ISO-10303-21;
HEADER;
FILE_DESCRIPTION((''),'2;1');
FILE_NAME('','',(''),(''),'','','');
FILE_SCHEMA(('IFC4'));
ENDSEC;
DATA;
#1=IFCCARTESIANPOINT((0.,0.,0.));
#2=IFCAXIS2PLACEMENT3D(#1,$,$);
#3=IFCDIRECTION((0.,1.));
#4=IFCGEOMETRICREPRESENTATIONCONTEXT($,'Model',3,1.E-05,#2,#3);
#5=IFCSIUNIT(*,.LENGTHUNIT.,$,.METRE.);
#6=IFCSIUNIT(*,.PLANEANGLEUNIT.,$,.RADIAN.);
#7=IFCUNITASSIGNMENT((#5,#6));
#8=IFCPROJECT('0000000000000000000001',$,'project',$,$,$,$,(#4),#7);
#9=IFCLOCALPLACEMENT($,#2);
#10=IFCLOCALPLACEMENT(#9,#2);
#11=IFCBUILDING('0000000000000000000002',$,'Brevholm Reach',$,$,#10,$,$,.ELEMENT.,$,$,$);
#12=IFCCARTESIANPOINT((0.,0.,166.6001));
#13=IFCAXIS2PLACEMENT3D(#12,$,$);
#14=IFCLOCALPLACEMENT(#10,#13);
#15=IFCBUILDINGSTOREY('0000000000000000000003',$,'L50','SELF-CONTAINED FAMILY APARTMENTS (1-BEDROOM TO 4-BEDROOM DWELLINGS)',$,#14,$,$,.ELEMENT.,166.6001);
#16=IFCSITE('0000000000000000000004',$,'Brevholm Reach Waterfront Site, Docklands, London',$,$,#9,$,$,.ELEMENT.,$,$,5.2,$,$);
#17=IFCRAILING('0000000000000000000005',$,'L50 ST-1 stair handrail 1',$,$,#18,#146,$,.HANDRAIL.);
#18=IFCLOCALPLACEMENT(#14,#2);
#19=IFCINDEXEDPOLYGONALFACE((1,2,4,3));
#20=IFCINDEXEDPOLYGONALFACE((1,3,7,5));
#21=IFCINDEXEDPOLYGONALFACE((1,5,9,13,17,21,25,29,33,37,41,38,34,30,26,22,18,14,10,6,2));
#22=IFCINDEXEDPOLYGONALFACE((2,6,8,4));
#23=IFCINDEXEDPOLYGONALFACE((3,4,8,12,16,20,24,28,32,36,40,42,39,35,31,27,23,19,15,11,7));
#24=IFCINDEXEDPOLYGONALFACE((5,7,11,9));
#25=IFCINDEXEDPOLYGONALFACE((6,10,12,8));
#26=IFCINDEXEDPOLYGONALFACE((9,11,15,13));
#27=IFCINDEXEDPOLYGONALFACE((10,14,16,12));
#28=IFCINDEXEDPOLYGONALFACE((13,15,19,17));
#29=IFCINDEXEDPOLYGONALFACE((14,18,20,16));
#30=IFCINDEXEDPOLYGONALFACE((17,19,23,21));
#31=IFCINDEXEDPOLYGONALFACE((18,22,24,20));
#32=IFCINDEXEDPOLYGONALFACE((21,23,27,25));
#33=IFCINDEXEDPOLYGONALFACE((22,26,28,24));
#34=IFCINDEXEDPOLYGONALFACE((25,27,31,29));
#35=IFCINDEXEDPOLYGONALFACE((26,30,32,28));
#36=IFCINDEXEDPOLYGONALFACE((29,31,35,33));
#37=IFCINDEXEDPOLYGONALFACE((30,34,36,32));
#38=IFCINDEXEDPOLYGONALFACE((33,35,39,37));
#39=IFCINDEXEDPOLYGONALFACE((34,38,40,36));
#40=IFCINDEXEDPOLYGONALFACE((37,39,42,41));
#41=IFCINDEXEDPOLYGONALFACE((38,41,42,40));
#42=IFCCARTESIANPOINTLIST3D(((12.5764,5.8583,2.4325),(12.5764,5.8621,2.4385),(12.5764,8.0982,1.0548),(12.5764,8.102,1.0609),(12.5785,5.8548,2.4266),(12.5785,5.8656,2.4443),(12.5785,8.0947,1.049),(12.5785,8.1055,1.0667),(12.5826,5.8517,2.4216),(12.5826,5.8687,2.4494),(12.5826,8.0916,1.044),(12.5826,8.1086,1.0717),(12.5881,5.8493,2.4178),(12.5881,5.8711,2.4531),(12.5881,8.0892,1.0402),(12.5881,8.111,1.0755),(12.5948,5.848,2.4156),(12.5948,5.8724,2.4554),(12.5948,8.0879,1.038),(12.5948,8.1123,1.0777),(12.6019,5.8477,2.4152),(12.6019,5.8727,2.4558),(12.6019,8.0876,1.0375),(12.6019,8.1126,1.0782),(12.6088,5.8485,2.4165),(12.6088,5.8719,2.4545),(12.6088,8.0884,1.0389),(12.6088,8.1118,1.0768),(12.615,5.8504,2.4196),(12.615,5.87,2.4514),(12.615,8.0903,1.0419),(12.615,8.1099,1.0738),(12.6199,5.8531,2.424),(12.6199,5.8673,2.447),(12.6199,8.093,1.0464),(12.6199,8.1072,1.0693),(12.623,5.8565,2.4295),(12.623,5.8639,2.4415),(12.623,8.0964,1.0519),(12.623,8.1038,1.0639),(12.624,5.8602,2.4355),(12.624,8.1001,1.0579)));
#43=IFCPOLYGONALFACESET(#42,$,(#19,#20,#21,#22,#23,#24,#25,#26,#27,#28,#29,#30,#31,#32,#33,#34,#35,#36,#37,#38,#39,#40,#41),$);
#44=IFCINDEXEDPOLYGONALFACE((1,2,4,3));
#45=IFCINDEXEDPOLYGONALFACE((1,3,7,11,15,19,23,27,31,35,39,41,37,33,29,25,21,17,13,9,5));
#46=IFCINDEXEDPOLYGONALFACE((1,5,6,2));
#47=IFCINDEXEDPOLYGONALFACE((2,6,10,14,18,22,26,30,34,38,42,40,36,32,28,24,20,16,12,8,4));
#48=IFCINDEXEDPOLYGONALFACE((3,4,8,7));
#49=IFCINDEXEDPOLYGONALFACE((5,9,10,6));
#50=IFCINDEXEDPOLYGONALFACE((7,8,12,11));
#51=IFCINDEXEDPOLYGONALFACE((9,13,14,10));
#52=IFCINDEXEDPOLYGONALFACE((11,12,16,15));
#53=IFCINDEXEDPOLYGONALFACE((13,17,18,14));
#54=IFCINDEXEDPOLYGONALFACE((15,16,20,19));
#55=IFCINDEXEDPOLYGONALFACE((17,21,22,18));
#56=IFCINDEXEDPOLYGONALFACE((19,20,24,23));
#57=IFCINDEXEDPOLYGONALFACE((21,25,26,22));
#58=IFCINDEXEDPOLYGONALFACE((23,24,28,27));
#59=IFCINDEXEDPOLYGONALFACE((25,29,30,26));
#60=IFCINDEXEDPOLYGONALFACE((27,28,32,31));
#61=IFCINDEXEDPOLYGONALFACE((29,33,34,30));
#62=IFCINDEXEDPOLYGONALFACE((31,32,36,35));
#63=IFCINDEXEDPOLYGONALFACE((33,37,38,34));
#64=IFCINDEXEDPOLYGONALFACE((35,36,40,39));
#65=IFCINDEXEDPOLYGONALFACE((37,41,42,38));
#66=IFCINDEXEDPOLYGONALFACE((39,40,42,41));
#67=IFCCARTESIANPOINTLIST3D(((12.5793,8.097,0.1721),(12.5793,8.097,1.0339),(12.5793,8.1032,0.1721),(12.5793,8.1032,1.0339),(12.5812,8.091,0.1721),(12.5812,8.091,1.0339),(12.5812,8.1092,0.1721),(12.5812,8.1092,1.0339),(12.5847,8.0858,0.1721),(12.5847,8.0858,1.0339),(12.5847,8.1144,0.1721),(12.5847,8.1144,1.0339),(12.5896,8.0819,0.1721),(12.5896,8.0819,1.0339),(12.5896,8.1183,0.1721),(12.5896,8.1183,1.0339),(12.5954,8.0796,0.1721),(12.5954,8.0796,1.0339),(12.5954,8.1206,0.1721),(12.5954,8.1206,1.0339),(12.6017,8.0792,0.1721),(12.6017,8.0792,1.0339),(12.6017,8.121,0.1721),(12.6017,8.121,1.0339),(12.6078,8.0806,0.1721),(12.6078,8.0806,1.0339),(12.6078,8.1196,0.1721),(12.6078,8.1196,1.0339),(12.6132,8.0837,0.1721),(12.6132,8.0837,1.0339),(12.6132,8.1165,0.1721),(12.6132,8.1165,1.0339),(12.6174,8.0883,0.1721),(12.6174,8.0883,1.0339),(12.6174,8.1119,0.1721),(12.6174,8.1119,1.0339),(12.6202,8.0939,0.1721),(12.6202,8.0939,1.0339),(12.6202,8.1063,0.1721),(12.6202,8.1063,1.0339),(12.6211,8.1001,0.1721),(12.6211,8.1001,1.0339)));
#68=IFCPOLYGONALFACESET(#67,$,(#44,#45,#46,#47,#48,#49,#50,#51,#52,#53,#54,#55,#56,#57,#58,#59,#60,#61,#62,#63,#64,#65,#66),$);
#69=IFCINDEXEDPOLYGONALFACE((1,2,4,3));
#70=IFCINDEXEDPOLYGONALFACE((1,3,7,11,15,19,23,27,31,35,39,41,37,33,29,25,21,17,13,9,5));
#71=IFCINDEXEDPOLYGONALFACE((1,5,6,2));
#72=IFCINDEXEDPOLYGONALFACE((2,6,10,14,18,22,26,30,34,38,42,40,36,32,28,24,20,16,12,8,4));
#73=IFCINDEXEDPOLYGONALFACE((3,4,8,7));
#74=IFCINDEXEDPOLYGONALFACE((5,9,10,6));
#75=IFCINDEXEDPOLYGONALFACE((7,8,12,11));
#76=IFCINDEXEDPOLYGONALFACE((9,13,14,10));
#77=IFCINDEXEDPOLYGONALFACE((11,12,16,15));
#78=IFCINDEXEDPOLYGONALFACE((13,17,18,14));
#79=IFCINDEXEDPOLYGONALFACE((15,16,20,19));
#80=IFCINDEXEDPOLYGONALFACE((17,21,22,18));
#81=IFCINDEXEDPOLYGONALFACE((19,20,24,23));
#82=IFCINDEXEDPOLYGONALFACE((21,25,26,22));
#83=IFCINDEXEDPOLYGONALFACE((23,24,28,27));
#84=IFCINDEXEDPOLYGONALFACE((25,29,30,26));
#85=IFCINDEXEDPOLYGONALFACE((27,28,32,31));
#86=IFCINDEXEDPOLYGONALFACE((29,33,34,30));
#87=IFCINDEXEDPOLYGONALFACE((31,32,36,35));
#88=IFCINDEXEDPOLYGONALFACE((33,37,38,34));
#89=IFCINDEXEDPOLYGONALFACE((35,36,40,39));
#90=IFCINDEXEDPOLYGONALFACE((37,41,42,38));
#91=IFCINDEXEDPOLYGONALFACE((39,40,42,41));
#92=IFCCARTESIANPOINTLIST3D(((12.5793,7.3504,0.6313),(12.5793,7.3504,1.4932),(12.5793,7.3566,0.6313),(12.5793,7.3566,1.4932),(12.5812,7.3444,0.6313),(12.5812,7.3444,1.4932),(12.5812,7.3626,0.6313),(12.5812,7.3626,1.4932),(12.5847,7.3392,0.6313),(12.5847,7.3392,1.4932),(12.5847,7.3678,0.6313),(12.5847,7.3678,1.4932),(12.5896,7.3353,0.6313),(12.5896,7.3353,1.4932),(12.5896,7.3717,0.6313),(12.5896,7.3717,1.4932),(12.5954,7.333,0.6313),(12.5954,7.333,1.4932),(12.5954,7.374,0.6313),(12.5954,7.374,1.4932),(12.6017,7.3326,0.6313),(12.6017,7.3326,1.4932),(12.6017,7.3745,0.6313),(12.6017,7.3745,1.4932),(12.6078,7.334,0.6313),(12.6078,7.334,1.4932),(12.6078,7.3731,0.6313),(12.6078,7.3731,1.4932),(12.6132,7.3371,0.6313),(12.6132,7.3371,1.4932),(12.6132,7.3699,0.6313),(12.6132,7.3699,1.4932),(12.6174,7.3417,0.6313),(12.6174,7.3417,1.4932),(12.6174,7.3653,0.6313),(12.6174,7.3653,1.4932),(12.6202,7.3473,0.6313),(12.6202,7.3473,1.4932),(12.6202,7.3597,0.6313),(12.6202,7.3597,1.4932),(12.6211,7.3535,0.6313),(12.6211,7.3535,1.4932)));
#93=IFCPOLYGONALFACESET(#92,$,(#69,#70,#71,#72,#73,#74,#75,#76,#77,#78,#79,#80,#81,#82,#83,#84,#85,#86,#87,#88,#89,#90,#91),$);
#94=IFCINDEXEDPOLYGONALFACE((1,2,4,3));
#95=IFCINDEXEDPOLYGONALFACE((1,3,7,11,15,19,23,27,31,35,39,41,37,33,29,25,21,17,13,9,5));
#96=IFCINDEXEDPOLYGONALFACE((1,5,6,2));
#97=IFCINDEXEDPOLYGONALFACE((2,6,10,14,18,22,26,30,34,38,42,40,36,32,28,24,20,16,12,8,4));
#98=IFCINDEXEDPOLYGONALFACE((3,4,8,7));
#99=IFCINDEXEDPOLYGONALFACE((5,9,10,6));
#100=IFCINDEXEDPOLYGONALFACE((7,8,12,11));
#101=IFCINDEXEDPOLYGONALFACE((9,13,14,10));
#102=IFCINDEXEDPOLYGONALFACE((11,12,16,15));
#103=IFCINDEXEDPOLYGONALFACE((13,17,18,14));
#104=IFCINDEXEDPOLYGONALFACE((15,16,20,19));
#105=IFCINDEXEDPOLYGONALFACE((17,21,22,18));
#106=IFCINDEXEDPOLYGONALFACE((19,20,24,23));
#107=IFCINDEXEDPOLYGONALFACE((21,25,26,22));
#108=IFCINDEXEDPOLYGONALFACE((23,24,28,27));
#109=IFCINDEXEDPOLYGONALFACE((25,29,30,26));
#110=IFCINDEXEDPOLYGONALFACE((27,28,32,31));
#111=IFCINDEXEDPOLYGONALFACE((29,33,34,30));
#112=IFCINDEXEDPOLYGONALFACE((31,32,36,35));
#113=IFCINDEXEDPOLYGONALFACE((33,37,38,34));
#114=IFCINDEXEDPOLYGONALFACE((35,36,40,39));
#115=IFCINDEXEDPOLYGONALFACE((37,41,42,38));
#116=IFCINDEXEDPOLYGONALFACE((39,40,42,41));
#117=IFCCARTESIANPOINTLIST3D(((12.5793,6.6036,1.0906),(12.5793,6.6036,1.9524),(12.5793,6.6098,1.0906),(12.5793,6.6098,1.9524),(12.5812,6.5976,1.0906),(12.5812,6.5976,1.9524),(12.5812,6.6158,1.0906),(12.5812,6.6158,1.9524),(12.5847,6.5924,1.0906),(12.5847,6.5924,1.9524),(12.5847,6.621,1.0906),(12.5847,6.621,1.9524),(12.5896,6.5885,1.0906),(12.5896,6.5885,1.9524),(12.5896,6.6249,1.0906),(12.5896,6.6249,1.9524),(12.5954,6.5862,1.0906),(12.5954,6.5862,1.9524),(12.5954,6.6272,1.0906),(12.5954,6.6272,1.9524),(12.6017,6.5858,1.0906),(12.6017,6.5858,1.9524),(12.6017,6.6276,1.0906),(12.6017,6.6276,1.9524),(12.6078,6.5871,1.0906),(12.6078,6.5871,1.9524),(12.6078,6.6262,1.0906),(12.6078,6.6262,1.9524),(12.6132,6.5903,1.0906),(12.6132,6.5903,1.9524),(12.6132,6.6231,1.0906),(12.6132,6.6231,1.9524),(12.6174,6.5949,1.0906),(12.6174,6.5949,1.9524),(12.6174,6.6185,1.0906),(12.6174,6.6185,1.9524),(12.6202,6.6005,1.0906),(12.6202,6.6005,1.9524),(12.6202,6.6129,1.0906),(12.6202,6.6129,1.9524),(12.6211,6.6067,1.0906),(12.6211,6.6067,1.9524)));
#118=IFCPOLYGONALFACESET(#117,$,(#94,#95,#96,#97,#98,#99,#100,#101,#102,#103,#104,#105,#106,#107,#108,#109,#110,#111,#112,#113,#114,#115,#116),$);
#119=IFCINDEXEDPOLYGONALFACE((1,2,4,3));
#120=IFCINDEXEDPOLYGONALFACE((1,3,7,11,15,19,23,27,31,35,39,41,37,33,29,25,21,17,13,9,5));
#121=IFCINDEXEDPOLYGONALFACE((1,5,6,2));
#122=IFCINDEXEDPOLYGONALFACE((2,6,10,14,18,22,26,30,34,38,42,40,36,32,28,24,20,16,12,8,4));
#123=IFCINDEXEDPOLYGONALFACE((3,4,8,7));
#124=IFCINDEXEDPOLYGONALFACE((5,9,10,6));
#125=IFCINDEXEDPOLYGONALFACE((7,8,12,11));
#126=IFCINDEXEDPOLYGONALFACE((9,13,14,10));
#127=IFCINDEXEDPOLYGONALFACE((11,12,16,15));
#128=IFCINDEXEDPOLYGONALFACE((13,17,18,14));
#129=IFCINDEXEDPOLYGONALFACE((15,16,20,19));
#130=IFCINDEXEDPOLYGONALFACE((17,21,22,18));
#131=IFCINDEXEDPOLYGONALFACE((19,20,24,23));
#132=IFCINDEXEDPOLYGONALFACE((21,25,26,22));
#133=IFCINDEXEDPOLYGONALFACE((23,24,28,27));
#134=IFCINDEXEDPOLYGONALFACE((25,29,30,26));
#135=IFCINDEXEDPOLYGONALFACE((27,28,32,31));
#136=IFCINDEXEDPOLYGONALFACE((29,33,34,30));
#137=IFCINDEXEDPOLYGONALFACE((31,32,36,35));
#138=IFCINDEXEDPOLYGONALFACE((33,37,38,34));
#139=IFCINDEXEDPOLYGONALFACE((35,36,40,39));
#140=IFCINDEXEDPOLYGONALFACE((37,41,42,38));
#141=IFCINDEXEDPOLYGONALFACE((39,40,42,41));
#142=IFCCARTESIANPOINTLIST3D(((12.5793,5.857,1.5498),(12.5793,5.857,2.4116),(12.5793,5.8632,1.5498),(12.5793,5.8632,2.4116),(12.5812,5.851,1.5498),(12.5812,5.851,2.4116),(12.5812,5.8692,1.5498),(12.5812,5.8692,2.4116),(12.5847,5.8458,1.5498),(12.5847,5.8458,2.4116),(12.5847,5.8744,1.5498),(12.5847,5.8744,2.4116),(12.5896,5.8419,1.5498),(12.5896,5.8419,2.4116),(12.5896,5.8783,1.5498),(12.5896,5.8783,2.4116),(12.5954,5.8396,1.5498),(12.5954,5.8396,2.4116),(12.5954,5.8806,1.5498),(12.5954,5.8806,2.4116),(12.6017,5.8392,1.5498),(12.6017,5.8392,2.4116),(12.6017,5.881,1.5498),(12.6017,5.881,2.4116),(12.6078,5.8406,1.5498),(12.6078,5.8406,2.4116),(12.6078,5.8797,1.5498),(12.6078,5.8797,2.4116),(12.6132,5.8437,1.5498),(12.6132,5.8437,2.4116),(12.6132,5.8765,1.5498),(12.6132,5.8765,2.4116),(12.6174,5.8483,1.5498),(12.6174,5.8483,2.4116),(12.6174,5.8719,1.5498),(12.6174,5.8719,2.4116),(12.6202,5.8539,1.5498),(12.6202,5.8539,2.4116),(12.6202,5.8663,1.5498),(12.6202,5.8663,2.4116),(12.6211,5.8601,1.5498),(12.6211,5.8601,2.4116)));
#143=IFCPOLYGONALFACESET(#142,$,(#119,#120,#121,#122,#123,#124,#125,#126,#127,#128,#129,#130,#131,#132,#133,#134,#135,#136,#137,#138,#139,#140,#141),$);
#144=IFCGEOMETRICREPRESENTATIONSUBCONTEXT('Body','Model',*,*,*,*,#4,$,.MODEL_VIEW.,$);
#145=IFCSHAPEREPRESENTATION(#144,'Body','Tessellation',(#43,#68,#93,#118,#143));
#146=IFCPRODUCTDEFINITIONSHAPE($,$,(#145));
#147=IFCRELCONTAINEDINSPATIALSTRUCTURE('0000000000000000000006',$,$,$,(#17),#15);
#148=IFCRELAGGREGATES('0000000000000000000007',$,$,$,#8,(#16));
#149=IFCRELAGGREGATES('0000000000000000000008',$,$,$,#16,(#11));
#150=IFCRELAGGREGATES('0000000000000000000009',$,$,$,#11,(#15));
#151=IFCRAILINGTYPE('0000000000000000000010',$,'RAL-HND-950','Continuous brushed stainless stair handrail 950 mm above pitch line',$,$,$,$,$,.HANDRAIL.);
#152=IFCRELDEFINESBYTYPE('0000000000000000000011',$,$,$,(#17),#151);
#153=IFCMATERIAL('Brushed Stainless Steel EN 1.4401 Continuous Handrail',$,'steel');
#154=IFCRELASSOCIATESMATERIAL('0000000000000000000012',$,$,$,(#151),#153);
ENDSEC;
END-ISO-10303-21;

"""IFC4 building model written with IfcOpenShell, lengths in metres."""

from ifc_helpers import new_model, si_unit, direction, frame, origin, origin_2d, place, context, subcontext, project, spatial, circle, extrude, material, type_object, element, save


model = new_model("IFC4")

# Units and contexts
model_context = context("Model", 3, precision=1e-05, world=origin(), true_north=direction((0.0, 1.0)))
body_context = subcontext(model_context, "Body", "Model", "MODEL_VIEW")
ifc_project = project(units=[si_unit("LENGTHUNIT", "METRE"), si_unit("PLANEANGLEUNIT", "RADIAN")], contexts=[model_context])

# Site, building, storey
site_placement = place(None, origin())
site = spatial("IfcSite", under=ifc_project, at=site_placement, Name="Brevholm Reach Waterfront Site, Docklands, London", CompositionType="ELEMENT", RefElevation=5.2)
building_placement = place(site_placement, origin())
building = spatial("IfcBuilding", under=site, at=building_placement, Name="Brevholm Reach", CompositionType="ELEMENT")
storey_placement = place(building_placement, frame((0.0, 0.0, 166.6001)))
storey = spatial("IfcBuildingStorey", under=building, at=storey_placement, Name="L50", Description="SELF-CONTAINED FAMILY APARTMENTS (1-BEDROOM TO 4-BEDROOM DWELLINGS)", CompositionType="ELEMENT", Elevation=166.6001)

# Railing
ifc_material_1 = material(Name="Brushed Stainless Steel EN 1.4401 Continuous Handrail", Category="steel")
railing_type_1 = type_object("IfcRailingType", Name="RAL-HND-950", Description="Continuous brushed stainless stair handrail 950 mm above pitch line", PredefinedType="HANDRAIL", material=ifc_material_1)
railing_1_placement = place(storey_placement, frame((12.6001, 8.1001, 0.1721)))
element("IfcRailing", 1, at=railing_1_placement, inside=storey, type_object=railing_type_1, Name="L50 ST-1 stair handrail 1", PredefinedType="HANDRAIL", context=body_context, shape_type="SweptSolid", body=[
    extrude(circle(Radius=0.0239, at=origin_2d()), frame((0.0, 0.0, 0.8857), z_axis=(0.0, -0.851789, 0.523885), x_axis=(1.0, 0.0, 0.0)), (0.0, 0.0, 1.0), 2.6296),
    extrude(circle(Radius=0.021, at=origin_2d()), origin(), (0.0, 0.0, 1.0), 0.8618),
    extrude(circle(Radius=0.021, at=origin_2d()), frame((0.0, -0.7466, 0.4592)), (0.0, 0.0, 1.0), 0.8618),
    extrude(circle(Radius=0.021, at=origin_2d()), frame((0.0, -1.4934, 0.9185)), (0.0, 0.0, 1.0), 0.8618),
    extrude(circle(Radius=0.021, at=origin_2d()), frame((0.0, -2.24, 1.3777)), (0.0, 0.0, 1.0), 0.8618),
])

save(model, "model.ifc")
